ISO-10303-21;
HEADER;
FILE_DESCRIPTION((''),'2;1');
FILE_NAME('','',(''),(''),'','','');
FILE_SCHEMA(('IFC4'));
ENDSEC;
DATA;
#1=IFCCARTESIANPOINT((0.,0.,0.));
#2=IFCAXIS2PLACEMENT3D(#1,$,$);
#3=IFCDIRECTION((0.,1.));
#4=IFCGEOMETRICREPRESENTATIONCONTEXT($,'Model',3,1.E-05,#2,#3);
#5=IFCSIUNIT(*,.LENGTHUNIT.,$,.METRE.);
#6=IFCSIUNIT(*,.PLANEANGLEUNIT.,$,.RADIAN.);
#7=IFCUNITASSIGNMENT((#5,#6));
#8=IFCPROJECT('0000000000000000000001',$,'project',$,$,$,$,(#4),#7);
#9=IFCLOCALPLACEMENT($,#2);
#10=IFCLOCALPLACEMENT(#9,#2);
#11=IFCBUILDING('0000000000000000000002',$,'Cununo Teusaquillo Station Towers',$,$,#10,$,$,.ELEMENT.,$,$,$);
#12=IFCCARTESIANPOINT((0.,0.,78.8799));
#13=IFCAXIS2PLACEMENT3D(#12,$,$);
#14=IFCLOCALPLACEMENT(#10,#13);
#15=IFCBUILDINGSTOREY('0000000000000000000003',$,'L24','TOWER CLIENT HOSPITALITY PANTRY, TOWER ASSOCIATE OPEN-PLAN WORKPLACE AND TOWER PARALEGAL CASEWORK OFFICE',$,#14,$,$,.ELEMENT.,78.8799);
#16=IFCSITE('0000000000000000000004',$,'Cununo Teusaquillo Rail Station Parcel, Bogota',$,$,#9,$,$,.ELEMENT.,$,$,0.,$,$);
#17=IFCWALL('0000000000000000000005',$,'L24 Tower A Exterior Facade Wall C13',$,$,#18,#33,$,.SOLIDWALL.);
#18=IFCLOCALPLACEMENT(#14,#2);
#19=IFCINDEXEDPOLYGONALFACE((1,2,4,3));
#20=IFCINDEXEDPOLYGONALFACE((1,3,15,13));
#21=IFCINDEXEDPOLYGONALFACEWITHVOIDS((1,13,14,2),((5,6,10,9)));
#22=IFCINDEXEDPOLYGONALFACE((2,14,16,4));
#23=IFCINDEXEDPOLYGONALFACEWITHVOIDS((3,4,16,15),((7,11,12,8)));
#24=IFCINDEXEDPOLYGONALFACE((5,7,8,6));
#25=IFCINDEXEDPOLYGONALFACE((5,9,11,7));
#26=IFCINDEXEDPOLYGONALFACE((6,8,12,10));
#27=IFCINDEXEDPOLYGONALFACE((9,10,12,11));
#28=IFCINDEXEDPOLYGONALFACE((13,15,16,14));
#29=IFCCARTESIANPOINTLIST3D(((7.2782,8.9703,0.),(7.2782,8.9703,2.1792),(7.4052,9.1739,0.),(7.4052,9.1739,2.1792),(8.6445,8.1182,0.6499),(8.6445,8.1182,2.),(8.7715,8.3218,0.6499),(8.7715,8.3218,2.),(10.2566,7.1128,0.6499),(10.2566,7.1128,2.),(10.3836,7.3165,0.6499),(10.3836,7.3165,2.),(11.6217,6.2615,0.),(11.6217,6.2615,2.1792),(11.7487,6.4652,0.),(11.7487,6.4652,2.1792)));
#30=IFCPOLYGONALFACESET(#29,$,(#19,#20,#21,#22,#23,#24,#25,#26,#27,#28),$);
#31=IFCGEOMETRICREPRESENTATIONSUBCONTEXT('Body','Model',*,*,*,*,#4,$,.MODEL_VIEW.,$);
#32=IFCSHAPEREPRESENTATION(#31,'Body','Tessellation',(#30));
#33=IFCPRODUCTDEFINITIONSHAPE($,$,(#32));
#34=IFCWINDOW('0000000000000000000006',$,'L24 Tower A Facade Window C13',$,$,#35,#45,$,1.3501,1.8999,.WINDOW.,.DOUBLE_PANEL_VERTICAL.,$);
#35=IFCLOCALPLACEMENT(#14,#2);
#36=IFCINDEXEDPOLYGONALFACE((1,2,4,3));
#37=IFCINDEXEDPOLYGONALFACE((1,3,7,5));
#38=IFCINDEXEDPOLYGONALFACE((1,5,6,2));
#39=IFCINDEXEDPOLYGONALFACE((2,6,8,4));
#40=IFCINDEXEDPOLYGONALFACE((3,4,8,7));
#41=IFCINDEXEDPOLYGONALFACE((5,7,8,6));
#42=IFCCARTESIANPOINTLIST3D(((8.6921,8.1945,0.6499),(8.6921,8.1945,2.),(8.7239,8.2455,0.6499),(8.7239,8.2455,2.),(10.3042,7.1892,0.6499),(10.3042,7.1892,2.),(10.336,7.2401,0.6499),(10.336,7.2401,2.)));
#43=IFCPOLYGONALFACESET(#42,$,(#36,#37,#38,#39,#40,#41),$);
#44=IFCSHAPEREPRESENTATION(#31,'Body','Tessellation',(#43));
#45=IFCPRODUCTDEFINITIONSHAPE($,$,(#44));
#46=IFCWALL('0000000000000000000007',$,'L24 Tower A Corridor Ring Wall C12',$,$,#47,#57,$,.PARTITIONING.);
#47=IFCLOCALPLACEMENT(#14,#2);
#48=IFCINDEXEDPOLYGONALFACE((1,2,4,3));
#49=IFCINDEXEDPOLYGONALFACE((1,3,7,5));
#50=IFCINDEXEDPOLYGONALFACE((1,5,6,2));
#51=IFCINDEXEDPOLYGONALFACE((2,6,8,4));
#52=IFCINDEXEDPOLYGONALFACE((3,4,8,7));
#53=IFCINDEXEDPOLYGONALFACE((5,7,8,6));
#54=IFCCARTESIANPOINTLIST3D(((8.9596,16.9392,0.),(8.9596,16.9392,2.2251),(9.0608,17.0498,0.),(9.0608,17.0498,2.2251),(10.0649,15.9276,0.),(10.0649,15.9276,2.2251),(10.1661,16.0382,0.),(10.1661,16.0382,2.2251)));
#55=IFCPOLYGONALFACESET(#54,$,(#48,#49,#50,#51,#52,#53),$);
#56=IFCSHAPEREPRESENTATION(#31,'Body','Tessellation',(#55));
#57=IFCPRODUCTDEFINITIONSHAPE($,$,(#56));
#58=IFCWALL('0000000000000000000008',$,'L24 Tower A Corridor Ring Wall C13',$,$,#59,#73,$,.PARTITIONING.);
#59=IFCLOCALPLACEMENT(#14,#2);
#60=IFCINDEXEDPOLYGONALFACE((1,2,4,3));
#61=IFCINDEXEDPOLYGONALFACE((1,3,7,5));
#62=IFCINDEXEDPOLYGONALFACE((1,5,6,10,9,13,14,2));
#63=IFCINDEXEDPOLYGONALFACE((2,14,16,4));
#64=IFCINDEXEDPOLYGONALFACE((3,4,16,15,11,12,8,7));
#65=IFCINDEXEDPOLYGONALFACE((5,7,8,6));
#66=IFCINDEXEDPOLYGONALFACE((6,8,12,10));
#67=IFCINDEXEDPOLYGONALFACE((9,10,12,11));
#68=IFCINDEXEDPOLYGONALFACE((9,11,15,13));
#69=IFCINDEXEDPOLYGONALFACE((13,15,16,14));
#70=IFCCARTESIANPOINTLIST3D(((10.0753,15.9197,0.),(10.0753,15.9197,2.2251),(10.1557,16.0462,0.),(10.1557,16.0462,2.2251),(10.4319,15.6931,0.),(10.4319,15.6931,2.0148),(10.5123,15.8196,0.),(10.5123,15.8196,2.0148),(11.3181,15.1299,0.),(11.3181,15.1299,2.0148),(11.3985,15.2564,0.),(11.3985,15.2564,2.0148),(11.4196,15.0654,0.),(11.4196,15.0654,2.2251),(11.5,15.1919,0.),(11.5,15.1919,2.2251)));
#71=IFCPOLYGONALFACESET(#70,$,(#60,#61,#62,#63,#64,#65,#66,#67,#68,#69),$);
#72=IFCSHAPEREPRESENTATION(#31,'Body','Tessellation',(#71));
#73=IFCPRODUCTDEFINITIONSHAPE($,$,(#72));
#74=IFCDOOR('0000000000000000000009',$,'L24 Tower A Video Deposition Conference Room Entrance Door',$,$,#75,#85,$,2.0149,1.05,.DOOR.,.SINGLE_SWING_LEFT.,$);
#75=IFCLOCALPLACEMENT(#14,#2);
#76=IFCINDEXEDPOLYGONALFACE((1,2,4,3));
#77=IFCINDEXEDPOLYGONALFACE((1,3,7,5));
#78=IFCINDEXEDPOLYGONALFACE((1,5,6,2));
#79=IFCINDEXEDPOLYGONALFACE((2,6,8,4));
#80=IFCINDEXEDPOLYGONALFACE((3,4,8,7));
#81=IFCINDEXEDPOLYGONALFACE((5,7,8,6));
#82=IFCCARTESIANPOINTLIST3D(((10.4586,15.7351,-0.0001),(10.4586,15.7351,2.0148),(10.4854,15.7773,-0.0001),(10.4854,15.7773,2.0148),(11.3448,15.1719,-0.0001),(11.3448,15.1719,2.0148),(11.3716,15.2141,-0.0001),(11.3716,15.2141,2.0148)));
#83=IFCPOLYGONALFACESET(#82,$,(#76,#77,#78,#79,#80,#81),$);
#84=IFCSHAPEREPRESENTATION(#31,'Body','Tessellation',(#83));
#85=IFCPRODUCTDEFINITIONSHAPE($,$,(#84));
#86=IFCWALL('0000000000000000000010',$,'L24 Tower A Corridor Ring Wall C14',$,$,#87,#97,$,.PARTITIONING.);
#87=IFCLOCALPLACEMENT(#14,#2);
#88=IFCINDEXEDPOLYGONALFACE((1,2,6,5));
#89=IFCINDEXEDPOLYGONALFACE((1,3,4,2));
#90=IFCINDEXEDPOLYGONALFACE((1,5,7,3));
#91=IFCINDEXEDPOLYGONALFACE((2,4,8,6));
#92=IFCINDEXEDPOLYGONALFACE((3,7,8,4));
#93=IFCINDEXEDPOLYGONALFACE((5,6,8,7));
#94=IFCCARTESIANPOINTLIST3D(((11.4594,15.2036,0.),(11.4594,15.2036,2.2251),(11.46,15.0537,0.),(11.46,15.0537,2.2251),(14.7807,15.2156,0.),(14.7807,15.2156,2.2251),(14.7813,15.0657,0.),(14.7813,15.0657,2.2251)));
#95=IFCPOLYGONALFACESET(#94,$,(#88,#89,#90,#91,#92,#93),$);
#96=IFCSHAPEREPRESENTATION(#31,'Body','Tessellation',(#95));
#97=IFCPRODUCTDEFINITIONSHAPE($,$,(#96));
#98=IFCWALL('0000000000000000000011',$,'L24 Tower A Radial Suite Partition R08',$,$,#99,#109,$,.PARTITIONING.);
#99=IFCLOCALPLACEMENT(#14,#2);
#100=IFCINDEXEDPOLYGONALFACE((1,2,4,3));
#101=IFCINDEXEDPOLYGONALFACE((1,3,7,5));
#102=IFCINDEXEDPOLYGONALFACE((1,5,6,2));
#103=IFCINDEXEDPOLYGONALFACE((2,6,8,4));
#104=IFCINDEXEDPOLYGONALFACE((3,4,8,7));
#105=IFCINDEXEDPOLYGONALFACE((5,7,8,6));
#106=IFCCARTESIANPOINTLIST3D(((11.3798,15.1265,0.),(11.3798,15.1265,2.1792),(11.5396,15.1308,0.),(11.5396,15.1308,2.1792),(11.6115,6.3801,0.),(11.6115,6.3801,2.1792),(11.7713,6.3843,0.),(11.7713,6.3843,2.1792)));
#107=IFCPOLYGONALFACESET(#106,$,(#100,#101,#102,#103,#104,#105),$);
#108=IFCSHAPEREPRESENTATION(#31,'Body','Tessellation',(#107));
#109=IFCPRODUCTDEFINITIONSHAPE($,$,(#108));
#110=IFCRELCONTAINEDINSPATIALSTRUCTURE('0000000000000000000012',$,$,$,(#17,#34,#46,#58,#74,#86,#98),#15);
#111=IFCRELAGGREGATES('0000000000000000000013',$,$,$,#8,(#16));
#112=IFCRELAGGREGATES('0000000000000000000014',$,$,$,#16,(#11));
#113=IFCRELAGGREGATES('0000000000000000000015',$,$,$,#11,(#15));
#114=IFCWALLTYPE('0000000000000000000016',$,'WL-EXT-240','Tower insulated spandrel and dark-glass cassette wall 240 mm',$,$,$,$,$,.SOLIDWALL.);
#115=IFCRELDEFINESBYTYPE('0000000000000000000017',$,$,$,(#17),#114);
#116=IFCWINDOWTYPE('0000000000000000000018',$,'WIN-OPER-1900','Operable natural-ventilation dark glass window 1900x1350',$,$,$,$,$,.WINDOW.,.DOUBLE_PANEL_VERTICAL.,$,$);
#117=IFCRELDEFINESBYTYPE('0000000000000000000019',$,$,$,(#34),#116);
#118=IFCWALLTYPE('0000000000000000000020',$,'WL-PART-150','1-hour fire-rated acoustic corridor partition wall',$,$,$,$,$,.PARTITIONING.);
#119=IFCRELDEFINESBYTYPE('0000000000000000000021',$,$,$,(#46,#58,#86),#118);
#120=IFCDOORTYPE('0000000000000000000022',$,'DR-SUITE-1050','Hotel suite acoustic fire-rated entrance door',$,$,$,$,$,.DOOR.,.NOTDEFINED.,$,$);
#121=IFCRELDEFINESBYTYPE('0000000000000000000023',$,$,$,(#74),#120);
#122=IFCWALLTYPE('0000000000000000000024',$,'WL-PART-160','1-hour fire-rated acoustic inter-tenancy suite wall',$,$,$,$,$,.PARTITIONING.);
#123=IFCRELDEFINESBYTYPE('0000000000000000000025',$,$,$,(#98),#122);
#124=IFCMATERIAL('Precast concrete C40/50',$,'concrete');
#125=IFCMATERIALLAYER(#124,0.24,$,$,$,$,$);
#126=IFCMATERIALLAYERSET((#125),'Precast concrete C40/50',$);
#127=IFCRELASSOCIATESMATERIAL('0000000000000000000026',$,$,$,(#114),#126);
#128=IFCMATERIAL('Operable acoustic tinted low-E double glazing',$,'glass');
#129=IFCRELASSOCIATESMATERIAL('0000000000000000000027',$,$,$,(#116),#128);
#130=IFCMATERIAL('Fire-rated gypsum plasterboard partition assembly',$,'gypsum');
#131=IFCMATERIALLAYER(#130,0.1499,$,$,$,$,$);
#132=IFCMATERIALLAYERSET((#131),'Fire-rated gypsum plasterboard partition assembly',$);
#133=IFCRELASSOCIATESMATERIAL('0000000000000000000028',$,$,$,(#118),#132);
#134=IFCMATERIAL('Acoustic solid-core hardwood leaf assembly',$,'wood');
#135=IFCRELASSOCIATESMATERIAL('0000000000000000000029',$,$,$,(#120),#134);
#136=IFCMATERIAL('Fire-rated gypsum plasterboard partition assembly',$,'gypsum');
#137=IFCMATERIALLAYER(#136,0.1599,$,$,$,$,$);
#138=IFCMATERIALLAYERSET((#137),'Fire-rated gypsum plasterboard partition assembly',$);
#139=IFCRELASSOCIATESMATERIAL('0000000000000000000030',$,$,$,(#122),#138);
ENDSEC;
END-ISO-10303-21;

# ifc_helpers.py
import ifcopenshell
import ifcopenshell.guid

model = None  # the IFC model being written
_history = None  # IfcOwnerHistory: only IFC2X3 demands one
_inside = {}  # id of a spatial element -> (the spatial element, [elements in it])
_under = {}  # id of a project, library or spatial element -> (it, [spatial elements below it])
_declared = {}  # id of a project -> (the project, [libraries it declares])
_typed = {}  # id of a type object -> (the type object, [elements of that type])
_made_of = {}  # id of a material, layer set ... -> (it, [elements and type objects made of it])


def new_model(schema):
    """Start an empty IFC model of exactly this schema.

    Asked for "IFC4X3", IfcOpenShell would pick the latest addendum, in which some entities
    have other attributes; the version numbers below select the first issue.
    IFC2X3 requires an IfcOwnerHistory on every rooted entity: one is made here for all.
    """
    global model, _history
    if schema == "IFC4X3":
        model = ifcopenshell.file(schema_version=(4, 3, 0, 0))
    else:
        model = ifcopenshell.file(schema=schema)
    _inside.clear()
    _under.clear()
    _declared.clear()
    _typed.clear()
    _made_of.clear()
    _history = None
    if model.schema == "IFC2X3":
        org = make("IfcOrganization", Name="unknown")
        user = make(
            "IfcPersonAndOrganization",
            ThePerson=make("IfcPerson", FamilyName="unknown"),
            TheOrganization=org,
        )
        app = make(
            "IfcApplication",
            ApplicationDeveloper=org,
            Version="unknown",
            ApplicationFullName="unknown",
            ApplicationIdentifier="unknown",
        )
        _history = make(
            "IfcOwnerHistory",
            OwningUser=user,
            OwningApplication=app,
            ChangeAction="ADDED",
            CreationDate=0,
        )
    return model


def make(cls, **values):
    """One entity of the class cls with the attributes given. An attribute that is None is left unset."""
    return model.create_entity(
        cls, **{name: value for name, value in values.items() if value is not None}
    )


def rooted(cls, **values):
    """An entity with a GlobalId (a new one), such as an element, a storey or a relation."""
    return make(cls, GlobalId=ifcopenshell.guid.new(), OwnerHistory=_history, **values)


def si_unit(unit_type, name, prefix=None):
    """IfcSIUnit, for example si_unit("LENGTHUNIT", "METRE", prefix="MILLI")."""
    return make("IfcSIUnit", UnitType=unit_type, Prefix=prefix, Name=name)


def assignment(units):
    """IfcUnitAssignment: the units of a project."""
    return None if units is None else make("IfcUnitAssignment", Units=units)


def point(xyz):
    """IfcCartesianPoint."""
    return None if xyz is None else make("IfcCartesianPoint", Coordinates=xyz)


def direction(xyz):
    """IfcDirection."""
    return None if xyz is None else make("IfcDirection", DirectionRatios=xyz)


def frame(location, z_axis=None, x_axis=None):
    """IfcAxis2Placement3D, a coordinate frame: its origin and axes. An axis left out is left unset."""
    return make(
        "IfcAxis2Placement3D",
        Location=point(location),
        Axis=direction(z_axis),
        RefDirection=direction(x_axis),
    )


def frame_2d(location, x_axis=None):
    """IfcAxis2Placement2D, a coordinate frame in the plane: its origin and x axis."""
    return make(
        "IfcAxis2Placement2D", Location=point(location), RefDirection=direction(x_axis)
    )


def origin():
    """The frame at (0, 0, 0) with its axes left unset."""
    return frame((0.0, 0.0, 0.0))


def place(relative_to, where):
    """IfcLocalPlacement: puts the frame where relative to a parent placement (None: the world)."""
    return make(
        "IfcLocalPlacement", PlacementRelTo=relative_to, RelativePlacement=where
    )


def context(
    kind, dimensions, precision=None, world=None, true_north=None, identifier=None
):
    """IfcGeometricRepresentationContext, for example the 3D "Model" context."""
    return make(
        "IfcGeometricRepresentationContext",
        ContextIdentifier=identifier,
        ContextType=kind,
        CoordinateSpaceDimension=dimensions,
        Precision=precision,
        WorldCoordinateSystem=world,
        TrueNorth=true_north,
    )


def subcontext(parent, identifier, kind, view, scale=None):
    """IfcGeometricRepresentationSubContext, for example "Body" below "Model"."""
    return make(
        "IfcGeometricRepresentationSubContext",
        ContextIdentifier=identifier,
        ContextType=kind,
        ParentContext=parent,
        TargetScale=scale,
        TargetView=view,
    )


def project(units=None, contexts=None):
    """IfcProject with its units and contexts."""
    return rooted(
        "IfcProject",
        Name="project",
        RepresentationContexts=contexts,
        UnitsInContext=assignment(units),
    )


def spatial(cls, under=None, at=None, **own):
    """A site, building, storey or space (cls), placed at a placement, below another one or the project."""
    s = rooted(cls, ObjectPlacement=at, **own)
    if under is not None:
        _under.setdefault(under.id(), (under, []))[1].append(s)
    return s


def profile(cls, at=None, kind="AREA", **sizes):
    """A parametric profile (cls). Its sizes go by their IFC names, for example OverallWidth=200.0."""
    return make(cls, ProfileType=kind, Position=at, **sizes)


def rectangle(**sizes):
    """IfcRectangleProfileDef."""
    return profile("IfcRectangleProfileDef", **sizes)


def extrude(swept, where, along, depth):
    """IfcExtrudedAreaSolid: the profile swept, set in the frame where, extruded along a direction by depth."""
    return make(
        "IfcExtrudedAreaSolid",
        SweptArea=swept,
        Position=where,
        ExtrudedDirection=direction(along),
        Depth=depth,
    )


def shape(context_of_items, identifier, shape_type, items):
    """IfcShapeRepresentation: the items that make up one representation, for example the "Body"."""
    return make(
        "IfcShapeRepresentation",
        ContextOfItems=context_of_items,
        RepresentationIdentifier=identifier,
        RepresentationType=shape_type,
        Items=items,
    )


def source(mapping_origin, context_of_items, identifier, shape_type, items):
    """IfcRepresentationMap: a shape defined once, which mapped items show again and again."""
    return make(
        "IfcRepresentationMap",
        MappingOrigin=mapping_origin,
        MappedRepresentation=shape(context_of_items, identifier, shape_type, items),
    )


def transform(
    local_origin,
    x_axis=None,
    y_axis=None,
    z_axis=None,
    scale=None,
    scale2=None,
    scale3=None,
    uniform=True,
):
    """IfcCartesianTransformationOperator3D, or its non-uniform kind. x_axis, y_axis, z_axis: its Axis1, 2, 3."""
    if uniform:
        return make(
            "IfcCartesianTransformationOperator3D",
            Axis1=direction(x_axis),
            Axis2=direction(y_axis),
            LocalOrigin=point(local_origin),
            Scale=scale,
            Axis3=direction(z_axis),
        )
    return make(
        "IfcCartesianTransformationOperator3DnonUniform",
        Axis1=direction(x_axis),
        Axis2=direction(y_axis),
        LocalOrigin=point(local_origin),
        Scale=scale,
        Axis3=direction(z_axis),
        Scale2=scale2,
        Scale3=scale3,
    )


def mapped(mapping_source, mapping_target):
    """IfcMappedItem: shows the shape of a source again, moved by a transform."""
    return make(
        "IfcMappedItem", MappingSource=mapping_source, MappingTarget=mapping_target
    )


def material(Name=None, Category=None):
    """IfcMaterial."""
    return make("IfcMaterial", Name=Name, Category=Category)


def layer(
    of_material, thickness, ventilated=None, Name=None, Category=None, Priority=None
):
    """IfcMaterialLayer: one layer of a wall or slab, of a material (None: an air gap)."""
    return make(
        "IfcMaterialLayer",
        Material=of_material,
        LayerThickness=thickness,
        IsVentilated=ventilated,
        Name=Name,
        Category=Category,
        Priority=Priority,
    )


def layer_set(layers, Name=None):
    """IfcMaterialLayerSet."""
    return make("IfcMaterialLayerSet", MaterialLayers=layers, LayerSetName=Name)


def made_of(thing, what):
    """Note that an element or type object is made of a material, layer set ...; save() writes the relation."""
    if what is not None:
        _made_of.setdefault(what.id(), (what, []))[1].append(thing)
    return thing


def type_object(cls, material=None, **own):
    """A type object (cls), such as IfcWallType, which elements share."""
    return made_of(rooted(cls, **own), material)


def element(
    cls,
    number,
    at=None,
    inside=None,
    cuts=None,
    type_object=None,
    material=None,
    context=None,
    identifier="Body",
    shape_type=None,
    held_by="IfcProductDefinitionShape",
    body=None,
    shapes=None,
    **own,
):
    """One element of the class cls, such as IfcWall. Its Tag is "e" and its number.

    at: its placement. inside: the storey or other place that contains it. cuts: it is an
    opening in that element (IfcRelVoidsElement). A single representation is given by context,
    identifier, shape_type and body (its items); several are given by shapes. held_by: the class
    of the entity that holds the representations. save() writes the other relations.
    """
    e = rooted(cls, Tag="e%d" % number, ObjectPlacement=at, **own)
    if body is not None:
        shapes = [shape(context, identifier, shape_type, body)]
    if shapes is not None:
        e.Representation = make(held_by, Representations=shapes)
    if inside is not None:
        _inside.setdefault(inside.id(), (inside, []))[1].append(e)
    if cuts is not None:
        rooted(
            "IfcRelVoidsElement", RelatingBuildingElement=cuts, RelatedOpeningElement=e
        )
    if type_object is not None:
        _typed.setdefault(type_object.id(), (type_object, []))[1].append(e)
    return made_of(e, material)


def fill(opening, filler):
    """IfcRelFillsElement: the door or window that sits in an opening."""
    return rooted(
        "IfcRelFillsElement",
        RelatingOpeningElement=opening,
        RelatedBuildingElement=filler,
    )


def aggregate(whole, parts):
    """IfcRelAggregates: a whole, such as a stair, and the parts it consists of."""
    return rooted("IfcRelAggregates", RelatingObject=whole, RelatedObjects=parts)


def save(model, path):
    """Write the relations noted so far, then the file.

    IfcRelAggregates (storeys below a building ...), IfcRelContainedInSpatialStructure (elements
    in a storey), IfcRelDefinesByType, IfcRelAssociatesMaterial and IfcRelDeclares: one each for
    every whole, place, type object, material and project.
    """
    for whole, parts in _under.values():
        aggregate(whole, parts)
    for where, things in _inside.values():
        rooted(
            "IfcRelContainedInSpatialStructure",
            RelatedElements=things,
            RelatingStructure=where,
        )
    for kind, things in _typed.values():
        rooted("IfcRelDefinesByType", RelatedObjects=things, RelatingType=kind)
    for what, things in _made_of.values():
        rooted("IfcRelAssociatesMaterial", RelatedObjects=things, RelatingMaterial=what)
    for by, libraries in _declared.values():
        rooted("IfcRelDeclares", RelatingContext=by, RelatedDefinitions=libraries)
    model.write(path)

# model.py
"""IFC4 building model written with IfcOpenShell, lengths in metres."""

from ifc_helpers import new_model, si_unit, direction, frame, frame_2d, origin, place, context, subcontext, project, spatial, rectangle, extrude, source, transform, mapped, material, layer, layer_set, type_object, element, fill, save


model = new_model("IFC4")

# Units and contexts
model_context = context("Model", 3, precision=1e-05, world=origin(), true_north=direction((0.0, 1.0)))
body_context = subcontext(model_context, "Body", "Model", "MODEL_VIEW")
ifc_project = project(units=[si_unit("LENGTHUNIT", "METRE"), si_unit("PLANEANGLEUNIT", "RADIAN")], contexts=[model_context])

# Site, building, storey
site_placement = place(None, origin())
site = spatial("IfcSite", under=ifc_project, at=site_placement, Name="Cununo Teusaquillo Rail Station Parcel, Bogota", CompositionType="ELEMENT", RefElevation=0.0)
building_placement = place(site_placement, origin())
building = spatial("IfcBuilding", under=site, at=building_placement, Name="Cununo Teusaquillo Station Towers", CompositionType="ELEMENT")
storey_placement = place(building_placement, frame((0.0, 0.0, 78.8799)))
storey = spatial("IfcBuildingStorey", under=building, at=storey_placement, Name="L24", Description="TOWER CLIENT HOSPITALITY PANTRY, TOWER ASSOCIATE OPEN-PLAN WORKPLACE AND TOWER PARALEGAL CASEWORK OFFICE", CompositionType="ELEMENT", Elevation=78.8799)

# Shared definitions
ifc_material_1 = material(Name="Precast concrete C40/50", Category="concrete")
ifc_layer_1 = layer(ifc_material_1, 0.24)
ifc_layer_set_1 = layer_set([ifc_layer_1], Name="Precast concrete C40/50")
wall_type_1 = type_object("IfcWallType", Name="WL-EXT-240", Description="Tower insulated spandrel and dark-glass cassette wall 240 mm", PredefinedType="SOLIDWALL", material=ifc_layer_set_1)
shared_shape_1 = source(origin(), body_context, "Body", "SweptSolid", [
    extrude(rectangle(XDim=1.8999, YDim=1.3501, at=frame_2d((0.95, 0.675))), frame((0.0, 0.1299, 0.0), z_axis=(0.0, -1.0, 0.0), x_axis=(1.0, 0.0, 0.0)), (0.0, 0.0, 1.0), 0.26),
])
ifc_material_2 = material(Name="Operable acoustic tinted low-E double glazing", Category="glass")
window_type = type_object("IfcWindowType", Name="WIN-OPER-1900", Description="Operable natural-ventilation dark glass window 1900x1350", PartitioningType="DOUBLE_PANEL_VERTICAL", PredefinedType="WINDOW", material=ifc_material_2)
shared_shape_2 = source(origin(), body_context, "Body", "SweptSolid", [
    extrude(rectangle(XDim=1.8999, YDim=1.3501, at=frame_2d((0.95, 0.675))), frame((0.0, 0.03, 0.0), z_axis=(0.0, -1.0, 0.0), x_axis=(1.0, 0.0, 0.0)), (0.0, 0.0, 1.0), 0.0601),
])

# Wall, opening, window
wall_1_placement = place(storey_placement, frame((11.6853, 6.3633, 0.0), z_axis=(0.0, 0.0, 1.0), x_axis=(-0.84852, 0.529163, 0.0)))
wall_1 = element("IfcWall", 1, at=wall_1_placement, inside=storey, type_object=wall_type_1, Name="L24 Tower A Exterior Facade Wall C13", PredefinedType="SOLIDWALL", context=body_context, shape_type="SweptSolid", body=[
    extrude(rectangle(XDim=5.1189, YDim=0.24, at=frame_2d((2.5596, 0.0))), origin(), (0.0, 0.0, 1.0), 2.1792),
])
opening_1_placement = place(wall_1_placement, frame((1.6089, 0.0, 0.6499)))
opening_1 = element("IfcOpeningElement", 2, at=opening_1_placement, cuts=wall_1, PredefinedType="OPENING", context=body_context, shape_type="MappedRepresentation", body=[
    mapped(shared_shape_1, transform((0.0, 0.0, 0.0), x_axis=(1.0, 0.0, 0.0), y_axis=(0.0, 1.0, 0.0), z_axis=(0.0, 0.0, 1.0), scale=1.0)),
])
window_1_placement = place(opening_1_placement, origin())
window_1 = element("IfcWindow", 3, at=window_1_placement, inside=storey, type_object=window_type, Name="L24 Tower A Facade Window C13", OverallHeight=1.3501, OverallWidth=1.8999, PartitioningType="DOUBLE_PANEL_VERTICAL", PredefinedType="WINDOW", context=body_context, shape_type="MappedRepresentation", body=[
    mapped(shared_shape_2, transform((0.0, 0.0, 0.0), x_axis=(1.0, 0.0, 0.0), y_axis=(0.0, 1.0, 0.0), z_axis=(0.0, 0.0, 1.0), scale=1.0)),
])
fill(opening_1, window_1)

# Wall
ifc_material_3 = material(Name="Fire-rated gypsum plasterboard partition assembly", Category="gypsum")
ifc_layer_2 = layer(ifc_material_3, 0.1499)
ifc_layer_set_2 = layer_set([ifc_layer_2], Name="Fire-rated gypsum plasterboard partition assembly")
wall_type_2 = type_object("IfcWallType", Name="WL-PART-150", Description="1-hour fire-rated acoustic corridor partition wall", PredefinedType="PARTITIONING", material=ifc_layer_set_2)
wall_2_placement = place(storey_placement, frame((9.0103, 16.9944, 0.0), z_axis=(0.0, 0.0, 1.0), x_axis=(0.737702, -0.675127, 0.0)))
element("IfcWall", 4, at=wall_2_placement, inside=storey, type_object=wall_type_2, Name="L24 Tower A Corridor Ring Wall C12", PredefinedType="PARTITIONING", context=body_context, shape_type="SweptSolid", body=[
    extrude(rectangle(XDim=1.4983, YDim=0.1499, at=frame_2d((0.749, 0.0))), origin(), (0.0, 0.0, 1.0), 2.2251),
])

# Wall, opening, door
wall_3_placement = place(storey_placement, frame((10.1155, 15.9829, 0.0), z_axis=(0.0, 0.0, 1.0), x_axis=(0.843996, -0.53635, 0.0)))
wall_3 = element("IfcWall", 5, at=wall_3_placement, inside=storey, type_object=wall_type_2, Name="L24 Tower A Corridor Ring Wall C13", PredefinedType="PARTITIONING", context=body_context, shape_type="SweptSolid", body=[
    extrude(rectangle(XDim=1.5928, YDim=0.1499, at=frame_2d((0.7964, 0.0))), origin(), (0.0, 0.0, 1.0), 2.2251),
])
shared_shape_3 = source(origin(), body_context, "Body", "SweptSolid", [
    extrude(rectangle(XDim=1.05, YDim=2.0149, at=frame_2d((0.5249, 1.0073))), frame((0.0, 0.085, 0.0), z_axis=(0.0, -1.0, 0.0), x_axis=(1.0, 0.0, 0.0)), (0.0, 0.0, 1.0), 0.1699),
])
opening_2_placement = place(wall_3_placement, frame((0.4226, 0.0, 0.0)))
opening_2 = element("IfcOpeningElement", 6, at=opening_2_placement, cuts=wall_3, PredefinedType="OPENING", context=body_context, shape_type="MappedRepresentation", body=[
    mapped(shared_shape_3, transform((0.0, 0.0, 0.0), x_axis=(1.0, 0.0, 0.0), y_axis=(0.0, 1.0, 0.0), z_axis=(0.0, 0.0, 1.0), scale=1.0)),
])
ifc_material_4 = material(Name="Acoustic solid-core hardwood leaf assembly", Category="wood")
door_type = type_object("IfcDoorType", Name="DR-SUITE-1050", Description="Hotel suite acoustic fire-rated entrance door", OperationType="NOTDEFINED", PredefinedType="DOOR", material=ifc_material_4)
shared_shape_4 = source(origin(), body_context, "Body", "SweptSolid", [
    extrude(rectangle(XDim=1.05, YDim=2.0149, at=frame_2d((0.5249, 1.0073))), frame((0.0, 0.0249, 0.0), z_axis=(0.0, -1.0, 0.0), x_axis=(1.0, 0.0, 0.0)), (0.0, 0.0, 1.0), 0.05),
])
door_placement = place(opening_2_placement, origin())
door = element("IfcDoor", 7, at=door_placement, inside=storey, type_object=door_type, Name="L24 Tower A Video Deposition Conference Room Entrance Door", OperationType="SINGLE_SWING_LEFT", OverallHeight=2.0149, OverallWidth=1.05, PredefinedType="DOOR", context=body_context, shape_type="MappedRepresentation", body=[
    mapped(shared_shape_4, transform((0.0, 0.0, 0.0), x_axis=(1.0, 0.0, 0.0), y_axis=(0.0, 1.0, 0.0), z_axis=(0.0, 0.0, 1.0), scale=1.0)),
])
fill(opening_2, door)

# Walls
wall_4_placement = place(storey_placement, frame((11.4597, 15.1287, 0.0), z_axis=(0.0, 0.0, 1.0), x_axis=(0.999994, 0.003602, 0.0)))
element("IfcWall", 8, at=wall_4_placement, inside=storey, type_object=wall_type_2, Name="L24 Tower A Corridor Ring Wall C14", PredefinedType="PARTITIONING", context=body_context, shape_type="SweptSolid", body=[
    extrude(rectangle(XDim=3.3213, YDim=0.1499, at=frame_2d((1.6606, 0.0))), origin(), (0.0, 0.0, 1.0), 2.2251),
])
ifc_material_5 = material(Name="Fire-rated gypsum plasterboard partition assembly", Category="gypsum")
ifc_layer_3 = layer(ifc_material_5, 0.1599)
ifc_layer_set_3 = layer_set([ifc_layer_3], Name="Fire-rated gypsum plasterboard partition assembly")
wall_type_3 = type_object("IfcWallType", Name="WL-PART-160", Description="1-hour fire-rated acoustic inter-tenancy suite wall", PredefinedType="PARTITIONING", material=ifc_layer_set_3)
wall_5_placement = place(storey_placement, frame((11.4597, 15.1287, 0.0), z_axis=(0.0, 0.0, 1.0), x_axis=(0.026481, -0.999649, 0.0)))
element("IfcWall", 9, at=wall_5_placement, inside=storey, type_object=wall_type_3, Name="L24 Tower A Radial Suite Partition R08", PredefinedType="PARTITIONING", context=body_context, shape_type="SweptSolid", body=[
    extrude(rectangle(XDim=8.7495, YDim=0.1599, at=frame_2d((4.3748, 0.0))), origin(), (0.0, 0.0, 1.0), 2.1792),
])

save(model, "model.ifc")
